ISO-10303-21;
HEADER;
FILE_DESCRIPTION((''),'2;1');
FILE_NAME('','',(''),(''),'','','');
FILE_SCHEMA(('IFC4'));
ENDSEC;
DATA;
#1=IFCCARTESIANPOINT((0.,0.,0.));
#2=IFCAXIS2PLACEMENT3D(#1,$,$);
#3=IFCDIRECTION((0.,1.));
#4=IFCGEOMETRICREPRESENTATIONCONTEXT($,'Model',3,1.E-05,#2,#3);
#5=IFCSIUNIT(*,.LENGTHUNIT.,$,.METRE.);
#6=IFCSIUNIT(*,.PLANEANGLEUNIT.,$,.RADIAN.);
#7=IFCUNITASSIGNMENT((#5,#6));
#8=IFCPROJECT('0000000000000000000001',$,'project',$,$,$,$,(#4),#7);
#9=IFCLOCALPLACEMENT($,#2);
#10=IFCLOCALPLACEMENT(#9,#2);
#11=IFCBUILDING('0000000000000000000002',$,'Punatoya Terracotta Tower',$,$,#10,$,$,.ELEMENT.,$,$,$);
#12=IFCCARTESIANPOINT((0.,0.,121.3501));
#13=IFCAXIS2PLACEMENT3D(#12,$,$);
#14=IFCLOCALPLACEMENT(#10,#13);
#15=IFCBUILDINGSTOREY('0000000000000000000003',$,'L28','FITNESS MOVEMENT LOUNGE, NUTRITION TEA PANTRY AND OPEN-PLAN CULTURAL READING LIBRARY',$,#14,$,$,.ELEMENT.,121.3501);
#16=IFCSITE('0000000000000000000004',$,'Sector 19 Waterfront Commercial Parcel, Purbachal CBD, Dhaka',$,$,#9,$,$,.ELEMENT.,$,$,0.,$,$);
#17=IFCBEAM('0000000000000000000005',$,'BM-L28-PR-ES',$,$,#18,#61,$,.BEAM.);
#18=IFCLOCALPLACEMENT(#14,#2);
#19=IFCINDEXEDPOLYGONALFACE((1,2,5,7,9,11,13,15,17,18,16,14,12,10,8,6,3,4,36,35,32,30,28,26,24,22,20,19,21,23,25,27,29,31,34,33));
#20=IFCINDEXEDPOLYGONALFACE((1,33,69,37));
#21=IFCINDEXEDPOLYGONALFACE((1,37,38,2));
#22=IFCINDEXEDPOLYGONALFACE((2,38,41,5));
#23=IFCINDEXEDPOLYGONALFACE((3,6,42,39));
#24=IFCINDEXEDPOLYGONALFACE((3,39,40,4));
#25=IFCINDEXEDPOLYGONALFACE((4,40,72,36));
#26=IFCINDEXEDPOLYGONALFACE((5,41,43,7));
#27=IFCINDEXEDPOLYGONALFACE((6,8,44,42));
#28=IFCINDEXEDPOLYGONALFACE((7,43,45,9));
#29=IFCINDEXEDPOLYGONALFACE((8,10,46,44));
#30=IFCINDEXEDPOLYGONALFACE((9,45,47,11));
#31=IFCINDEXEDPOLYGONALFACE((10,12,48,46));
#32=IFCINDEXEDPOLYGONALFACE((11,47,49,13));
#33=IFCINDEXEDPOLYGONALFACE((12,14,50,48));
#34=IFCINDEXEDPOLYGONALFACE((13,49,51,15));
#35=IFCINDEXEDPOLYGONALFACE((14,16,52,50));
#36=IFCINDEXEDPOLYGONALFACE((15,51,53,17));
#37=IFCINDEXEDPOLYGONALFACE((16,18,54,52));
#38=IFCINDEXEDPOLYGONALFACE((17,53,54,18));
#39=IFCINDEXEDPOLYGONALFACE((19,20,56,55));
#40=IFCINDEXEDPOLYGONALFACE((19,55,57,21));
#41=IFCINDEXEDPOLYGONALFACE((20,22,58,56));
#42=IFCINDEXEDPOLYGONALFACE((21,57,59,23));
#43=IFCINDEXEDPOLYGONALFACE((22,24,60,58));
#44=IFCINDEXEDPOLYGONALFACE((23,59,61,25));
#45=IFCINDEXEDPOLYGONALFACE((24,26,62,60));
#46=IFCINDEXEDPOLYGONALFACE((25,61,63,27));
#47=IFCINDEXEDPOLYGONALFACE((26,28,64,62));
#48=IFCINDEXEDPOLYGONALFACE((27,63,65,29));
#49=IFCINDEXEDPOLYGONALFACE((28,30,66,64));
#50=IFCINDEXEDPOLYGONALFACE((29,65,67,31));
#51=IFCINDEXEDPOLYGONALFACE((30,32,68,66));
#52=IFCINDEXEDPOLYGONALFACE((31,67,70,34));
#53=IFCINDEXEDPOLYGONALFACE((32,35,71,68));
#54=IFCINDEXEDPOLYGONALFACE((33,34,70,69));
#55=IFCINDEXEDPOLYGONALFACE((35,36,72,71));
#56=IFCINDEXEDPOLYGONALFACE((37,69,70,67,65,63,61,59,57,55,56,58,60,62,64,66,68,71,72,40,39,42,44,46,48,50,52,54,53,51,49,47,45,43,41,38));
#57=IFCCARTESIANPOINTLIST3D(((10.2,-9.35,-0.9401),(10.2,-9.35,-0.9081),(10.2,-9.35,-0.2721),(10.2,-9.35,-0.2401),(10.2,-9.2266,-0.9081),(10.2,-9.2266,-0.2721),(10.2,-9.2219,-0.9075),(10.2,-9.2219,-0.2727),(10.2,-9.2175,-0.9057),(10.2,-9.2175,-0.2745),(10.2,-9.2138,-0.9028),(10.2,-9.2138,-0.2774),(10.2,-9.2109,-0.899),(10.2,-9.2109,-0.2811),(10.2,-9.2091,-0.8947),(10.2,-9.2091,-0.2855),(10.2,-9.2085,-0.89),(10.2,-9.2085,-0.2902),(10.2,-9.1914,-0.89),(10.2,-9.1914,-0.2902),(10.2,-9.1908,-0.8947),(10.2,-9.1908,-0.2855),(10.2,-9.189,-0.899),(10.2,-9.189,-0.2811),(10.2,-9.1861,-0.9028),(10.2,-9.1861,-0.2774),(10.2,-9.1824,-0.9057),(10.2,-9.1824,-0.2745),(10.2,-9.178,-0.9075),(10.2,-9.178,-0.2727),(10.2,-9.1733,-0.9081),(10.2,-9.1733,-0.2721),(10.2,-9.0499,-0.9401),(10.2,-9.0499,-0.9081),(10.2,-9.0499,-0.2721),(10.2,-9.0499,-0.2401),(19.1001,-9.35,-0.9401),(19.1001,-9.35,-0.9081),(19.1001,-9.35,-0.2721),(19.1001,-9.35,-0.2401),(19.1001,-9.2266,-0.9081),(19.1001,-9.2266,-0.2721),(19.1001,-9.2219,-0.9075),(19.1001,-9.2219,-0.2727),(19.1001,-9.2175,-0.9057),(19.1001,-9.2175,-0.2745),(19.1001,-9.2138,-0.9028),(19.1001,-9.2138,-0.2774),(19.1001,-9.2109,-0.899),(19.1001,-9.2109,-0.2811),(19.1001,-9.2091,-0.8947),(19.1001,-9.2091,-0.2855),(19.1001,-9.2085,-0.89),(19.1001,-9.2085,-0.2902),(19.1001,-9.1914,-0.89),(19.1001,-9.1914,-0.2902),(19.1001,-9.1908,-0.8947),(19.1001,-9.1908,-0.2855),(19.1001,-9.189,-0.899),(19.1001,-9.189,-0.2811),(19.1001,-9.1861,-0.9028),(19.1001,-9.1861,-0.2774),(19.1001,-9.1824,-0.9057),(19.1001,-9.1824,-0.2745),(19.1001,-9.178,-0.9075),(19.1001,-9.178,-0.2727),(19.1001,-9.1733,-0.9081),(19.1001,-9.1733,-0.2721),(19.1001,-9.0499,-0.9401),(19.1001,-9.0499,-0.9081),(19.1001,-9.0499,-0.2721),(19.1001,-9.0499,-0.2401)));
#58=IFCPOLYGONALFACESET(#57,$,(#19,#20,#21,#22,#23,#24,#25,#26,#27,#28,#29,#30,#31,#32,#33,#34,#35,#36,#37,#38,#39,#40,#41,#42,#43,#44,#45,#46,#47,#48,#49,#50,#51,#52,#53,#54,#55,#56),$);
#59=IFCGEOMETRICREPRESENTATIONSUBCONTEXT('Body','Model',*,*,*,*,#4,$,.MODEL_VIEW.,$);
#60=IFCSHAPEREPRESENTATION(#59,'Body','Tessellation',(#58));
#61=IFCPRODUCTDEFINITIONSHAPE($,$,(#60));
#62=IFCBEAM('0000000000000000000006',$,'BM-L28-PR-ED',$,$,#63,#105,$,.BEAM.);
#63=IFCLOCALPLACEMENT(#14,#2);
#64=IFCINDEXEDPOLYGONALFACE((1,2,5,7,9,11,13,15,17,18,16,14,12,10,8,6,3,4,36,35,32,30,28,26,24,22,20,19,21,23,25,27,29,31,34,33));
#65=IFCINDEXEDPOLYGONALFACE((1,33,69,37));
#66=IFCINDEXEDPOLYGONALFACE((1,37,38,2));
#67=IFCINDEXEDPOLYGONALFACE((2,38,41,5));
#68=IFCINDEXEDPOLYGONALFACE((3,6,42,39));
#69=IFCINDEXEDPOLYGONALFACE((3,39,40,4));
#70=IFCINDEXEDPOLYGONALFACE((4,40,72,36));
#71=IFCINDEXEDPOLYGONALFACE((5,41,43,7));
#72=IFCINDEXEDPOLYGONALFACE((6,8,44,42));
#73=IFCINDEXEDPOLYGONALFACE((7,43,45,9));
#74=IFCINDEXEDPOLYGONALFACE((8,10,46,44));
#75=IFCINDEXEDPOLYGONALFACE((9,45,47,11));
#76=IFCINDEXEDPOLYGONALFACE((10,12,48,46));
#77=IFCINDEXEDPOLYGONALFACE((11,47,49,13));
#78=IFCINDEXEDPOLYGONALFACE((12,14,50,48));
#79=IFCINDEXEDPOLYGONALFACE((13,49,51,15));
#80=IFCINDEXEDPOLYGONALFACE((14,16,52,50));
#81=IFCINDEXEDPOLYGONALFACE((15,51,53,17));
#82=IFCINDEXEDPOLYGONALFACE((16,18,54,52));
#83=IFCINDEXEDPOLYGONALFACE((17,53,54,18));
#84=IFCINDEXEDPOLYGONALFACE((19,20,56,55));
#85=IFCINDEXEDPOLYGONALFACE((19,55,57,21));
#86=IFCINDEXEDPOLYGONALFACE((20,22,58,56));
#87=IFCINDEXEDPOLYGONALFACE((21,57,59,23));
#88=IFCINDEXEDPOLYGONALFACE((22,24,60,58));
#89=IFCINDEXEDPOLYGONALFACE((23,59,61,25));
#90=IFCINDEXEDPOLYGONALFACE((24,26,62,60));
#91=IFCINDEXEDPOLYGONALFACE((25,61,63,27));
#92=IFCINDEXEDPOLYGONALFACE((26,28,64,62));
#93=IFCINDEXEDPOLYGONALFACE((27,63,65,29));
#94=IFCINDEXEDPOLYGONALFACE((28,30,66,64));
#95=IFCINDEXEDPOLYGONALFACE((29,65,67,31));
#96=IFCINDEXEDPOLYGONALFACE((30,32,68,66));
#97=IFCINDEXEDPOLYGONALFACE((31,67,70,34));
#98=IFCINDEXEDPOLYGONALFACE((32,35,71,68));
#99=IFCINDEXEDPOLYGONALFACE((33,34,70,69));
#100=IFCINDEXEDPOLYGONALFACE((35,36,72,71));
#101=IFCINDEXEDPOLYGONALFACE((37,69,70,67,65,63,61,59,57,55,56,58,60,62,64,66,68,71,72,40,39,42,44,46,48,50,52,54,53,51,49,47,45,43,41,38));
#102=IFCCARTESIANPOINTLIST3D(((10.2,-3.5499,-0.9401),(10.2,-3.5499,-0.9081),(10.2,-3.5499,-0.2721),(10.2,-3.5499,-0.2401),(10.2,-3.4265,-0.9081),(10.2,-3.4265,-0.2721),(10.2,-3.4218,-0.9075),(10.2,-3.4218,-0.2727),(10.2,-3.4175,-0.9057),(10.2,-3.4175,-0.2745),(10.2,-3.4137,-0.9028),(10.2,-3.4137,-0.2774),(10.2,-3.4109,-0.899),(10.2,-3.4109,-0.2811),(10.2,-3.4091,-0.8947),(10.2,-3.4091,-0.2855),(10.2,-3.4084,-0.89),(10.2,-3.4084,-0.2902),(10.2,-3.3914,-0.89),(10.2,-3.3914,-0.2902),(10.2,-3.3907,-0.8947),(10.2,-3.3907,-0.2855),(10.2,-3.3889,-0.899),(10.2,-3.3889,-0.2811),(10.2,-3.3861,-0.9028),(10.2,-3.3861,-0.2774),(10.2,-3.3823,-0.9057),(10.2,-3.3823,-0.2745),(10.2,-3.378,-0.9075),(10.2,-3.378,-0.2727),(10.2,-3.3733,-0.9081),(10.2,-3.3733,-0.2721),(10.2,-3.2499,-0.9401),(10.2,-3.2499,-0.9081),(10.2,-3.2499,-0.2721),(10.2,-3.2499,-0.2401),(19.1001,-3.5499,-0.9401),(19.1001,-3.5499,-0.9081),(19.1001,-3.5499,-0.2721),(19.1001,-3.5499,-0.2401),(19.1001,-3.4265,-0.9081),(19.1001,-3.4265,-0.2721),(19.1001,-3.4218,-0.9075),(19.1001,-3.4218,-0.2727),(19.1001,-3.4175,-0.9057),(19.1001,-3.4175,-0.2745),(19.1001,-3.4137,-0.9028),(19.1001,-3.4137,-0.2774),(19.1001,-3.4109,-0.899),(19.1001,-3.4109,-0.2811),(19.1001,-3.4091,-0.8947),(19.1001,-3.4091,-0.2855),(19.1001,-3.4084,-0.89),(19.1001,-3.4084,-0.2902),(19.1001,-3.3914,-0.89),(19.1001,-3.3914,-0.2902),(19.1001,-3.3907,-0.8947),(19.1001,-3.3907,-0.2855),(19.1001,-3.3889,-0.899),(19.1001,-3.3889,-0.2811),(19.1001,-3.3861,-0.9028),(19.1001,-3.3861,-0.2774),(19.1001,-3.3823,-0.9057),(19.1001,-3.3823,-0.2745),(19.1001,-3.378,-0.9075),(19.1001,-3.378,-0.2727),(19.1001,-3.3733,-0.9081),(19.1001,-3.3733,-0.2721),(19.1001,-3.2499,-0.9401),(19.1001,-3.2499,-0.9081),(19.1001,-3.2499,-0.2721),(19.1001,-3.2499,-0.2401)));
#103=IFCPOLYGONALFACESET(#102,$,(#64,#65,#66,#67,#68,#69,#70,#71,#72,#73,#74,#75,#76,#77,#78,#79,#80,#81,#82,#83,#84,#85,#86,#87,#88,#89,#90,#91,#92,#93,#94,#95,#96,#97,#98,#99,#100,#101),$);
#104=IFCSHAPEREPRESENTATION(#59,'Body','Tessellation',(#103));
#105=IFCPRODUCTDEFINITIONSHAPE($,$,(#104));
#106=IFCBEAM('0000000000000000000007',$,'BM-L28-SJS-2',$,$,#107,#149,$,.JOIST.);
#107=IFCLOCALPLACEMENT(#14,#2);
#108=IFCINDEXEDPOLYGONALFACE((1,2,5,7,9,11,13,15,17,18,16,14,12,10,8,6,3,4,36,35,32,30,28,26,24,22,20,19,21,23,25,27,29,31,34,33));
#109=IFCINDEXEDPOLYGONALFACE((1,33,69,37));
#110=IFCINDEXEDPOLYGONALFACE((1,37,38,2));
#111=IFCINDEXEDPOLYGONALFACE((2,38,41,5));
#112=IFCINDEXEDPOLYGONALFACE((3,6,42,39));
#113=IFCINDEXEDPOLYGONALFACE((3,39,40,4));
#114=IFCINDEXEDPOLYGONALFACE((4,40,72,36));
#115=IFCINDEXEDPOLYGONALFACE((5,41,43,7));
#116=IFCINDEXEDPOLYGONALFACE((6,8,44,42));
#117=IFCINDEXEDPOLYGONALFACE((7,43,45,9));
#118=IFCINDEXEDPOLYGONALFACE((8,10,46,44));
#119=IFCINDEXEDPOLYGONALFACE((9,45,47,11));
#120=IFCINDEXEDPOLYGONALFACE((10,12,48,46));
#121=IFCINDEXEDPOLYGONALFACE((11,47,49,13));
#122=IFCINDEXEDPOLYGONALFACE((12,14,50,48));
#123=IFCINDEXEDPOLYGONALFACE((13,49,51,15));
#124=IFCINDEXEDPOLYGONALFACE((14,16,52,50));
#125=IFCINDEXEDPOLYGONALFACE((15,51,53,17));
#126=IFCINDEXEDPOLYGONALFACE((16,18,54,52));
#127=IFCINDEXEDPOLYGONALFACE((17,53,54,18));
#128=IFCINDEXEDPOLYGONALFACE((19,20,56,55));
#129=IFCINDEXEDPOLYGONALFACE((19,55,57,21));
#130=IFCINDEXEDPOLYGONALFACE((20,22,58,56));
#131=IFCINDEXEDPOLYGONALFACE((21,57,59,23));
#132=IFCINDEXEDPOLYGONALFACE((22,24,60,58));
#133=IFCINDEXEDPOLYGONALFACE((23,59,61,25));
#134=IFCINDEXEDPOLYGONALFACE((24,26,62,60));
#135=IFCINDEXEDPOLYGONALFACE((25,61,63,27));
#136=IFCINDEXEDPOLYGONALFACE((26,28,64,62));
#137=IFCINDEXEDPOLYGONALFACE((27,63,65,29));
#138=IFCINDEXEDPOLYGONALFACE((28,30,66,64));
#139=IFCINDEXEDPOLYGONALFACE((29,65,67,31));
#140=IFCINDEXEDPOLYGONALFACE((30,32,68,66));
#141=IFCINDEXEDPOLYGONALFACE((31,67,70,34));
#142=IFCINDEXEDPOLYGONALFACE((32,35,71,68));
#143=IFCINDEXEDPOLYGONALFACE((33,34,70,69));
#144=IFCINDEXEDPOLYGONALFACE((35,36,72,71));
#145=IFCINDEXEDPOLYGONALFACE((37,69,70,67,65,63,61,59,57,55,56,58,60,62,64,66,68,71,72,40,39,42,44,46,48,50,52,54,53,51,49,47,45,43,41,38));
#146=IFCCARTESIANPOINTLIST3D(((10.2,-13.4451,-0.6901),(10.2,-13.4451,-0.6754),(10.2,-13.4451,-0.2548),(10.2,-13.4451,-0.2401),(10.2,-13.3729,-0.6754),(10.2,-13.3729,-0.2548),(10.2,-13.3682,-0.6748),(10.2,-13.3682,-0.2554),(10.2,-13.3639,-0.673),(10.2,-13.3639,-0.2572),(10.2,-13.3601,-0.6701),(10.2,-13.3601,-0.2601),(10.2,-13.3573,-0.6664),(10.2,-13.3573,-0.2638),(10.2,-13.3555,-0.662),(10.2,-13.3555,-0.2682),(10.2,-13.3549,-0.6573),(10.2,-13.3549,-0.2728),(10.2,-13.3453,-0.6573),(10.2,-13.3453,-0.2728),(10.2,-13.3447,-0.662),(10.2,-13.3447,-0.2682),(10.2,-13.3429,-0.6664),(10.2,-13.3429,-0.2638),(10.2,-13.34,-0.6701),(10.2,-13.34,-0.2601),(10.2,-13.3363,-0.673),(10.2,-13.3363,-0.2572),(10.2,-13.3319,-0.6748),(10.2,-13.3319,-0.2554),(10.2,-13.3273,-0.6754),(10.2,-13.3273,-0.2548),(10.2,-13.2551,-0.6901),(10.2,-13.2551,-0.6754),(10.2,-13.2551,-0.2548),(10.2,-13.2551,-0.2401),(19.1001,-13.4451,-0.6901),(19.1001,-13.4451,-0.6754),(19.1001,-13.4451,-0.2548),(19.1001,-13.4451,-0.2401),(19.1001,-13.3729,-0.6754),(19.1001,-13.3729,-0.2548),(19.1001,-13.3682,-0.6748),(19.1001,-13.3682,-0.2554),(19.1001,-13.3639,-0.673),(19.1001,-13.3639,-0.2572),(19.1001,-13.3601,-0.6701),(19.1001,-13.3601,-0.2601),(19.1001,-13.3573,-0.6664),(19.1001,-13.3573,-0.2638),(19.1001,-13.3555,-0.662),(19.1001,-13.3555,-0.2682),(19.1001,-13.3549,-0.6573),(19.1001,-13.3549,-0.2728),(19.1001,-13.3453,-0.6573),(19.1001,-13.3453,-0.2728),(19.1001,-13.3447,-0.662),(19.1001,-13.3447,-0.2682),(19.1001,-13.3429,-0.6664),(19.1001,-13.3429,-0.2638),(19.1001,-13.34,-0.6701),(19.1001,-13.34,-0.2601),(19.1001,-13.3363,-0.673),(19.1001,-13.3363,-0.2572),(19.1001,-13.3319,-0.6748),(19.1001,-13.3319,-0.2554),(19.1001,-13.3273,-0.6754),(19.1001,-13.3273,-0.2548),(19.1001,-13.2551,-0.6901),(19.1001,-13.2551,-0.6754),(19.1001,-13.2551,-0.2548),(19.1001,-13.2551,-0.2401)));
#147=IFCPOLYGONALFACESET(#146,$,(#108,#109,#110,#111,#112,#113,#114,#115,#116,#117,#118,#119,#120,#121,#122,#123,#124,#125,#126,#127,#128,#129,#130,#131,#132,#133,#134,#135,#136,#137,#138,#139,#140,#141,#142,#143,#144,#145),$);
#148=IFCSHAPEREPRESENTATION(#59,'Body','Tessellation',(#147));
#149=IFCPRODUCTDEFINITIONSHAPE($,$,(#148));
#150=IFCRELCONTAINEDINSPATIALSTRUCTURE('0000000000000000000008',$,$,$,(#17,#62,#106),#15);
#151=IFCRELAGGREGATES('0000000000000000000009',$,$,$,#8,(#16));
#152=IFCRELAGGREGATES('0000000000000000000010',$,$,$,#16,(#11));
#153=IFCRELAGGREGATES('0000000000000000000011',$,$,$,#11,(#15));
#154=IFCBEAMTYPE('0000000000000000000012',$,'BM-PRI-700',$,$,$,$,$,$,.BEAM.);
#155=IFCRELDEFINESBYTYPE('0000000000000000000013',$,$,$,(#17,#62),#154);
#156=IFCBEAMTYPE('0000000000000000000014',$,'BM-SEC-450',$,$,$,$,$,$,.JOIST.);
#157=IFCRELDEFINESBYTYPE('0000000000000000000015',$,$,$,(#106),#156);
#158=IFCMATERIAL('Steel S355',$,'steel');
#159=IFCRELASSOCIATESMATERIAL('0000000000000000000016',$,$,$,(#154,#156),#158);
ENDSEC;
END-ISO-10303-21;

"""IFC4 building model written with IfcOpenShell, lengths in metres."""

from ifc_helpers import new_model, si_unit, direction, frame, origin, origin_2d, place, context, subcontext, project, spatial, i_section, extrude, material, material_profile, profile_set, type_object, element, save


model = new_model("IFC4")

# Units and contexts
model_context = context("Model", 3, precision=1e-05, world=origin(), true_north=direction((0.0, 1.0)))
body_context = subcontext(model_context, "Body", "Model", "MODEL_VIEW")
ifc_project = project(units=[si_unit("LENGTHUNIT", "METRE"), si_unit("PLANEANGLEUNIT", "RADIAN")], contexts=[model_context])

# Site, building, storey
site_placement = place(None, origin())
site = spatial("IfcSite", under=ifc_project, at=site_placement, Name="Sector 19 Waterfront Commercial Parcel, Purbachal CBD, Dhaka", CompositionType="ELEMENT", RefElevation=0.0)
building_placement = place(site_placement, origin())
building = spatial("IfcBuilding", under=site, at=building_placement, Name="Punatoya Terracotta Tower", CompositionType="ELEMENT")
storey_placement = place(building_placement, frame((0.0, 0.0, 121.3501)))
storey = spatial("IfcBuildingStorey", under=building, at=storey_placement, Name="L28", Description="FITNESS MOVEMENT LOUNGE, NUTRITION TEA PANTRY AND OPEN-PLAN CULTURAL READING LIBRARY", CompositionType="ELEMENT", Elevation=121.3501)

# Beams
ifc_material_1 = material(Name="Steel S355", Category="steel")
ifc_material_profile_1 = material_profile(ifc_material_1, i_section(OverallWidth=0.3, OverallDepth=0.7, WebThickness=0.0171, FlangeThickness=0.032, FilletRadius=0.0181, at=origin_2d()))
ifc_profile_set_1 = profile_set([ifc_material_profile_1], Name="Steel S355")
beam_type_1 = type_object("IfcBeamType", Name="BM-PRI-700", PredefinedType="BEAM", material=ifc_profile_set_1)
for number, where, z_axis, x_axis, name in (
    (1, (10.2, -9.2, -0.5901), (1.0, 0.0, 0.0), (0.0, 1.0, 0.0), "BM-L28-PR-ES"),
    (2, (10.2, -3.3999, -0.5901), (1.0, 0.0, 0.0), (0.0, 1.0, 0.0), "BM-L28-PR-ED"),
):
    element("IfcBeam", number, at=place(storey_placement, frame(where, z_axis=z_axis, x_axis=x_axis)), inside=storey, type_object=beam_type_1, Name=name, PredefinedType="BEAM", context=body_context, shape_type="SweptSolid", body=[
        extrude(i_section(OverallWidth=0.3, OverallDepth=0.7, WebThickness=0.0171, FlangeThickness=0.032, FilletRadius=0.0181, at=origin_2d()), origin(), (0.0, 0.0, 1.0), 8.9001),
    ])
ifc_material_profile_2 = material_profile(ifc_material_1, i_section(OverallWidth=0.1899, OverallDepth=0.45, WebThickness=0.0095, FlangeThickness=0.0146, FilletRadius=0.0181, at=origin_2d()))
ifc_profile_set_2 = profile_set([ifc_material_profile_2], Name="Steel S355")
beam_type_2 = type_object("IfcBeamType", Name="BM-SEC-450", PredefinedType="JOIST", material=ifc_profile_set_2)
beam_placement = place(storey_placement, frame((10.2, -13.3501, -0.4651), z_axis=(1.0, 0.0, 0.0), x_axis=(0.0, 1.0, 0.0)))
element("IfcBeam", 3, at=beam_placement, inside=storey, type_object=beam_type_2, Name="BM-L28-SJS-2", PredefinedType="JOIST", context=body_context, shape_type="SweptSolid", body=[
    extrude(i_section(OverallWidth=0.1899, OverallDepth=0.45, WebThickness=0.0095, FlangeThickness=0.0146, FilletRadius=0.0181, at=origin_2d()), origin(), (0.0, 0.0, 1.0), 8.9001),
])

save(model, "model.ifc")
